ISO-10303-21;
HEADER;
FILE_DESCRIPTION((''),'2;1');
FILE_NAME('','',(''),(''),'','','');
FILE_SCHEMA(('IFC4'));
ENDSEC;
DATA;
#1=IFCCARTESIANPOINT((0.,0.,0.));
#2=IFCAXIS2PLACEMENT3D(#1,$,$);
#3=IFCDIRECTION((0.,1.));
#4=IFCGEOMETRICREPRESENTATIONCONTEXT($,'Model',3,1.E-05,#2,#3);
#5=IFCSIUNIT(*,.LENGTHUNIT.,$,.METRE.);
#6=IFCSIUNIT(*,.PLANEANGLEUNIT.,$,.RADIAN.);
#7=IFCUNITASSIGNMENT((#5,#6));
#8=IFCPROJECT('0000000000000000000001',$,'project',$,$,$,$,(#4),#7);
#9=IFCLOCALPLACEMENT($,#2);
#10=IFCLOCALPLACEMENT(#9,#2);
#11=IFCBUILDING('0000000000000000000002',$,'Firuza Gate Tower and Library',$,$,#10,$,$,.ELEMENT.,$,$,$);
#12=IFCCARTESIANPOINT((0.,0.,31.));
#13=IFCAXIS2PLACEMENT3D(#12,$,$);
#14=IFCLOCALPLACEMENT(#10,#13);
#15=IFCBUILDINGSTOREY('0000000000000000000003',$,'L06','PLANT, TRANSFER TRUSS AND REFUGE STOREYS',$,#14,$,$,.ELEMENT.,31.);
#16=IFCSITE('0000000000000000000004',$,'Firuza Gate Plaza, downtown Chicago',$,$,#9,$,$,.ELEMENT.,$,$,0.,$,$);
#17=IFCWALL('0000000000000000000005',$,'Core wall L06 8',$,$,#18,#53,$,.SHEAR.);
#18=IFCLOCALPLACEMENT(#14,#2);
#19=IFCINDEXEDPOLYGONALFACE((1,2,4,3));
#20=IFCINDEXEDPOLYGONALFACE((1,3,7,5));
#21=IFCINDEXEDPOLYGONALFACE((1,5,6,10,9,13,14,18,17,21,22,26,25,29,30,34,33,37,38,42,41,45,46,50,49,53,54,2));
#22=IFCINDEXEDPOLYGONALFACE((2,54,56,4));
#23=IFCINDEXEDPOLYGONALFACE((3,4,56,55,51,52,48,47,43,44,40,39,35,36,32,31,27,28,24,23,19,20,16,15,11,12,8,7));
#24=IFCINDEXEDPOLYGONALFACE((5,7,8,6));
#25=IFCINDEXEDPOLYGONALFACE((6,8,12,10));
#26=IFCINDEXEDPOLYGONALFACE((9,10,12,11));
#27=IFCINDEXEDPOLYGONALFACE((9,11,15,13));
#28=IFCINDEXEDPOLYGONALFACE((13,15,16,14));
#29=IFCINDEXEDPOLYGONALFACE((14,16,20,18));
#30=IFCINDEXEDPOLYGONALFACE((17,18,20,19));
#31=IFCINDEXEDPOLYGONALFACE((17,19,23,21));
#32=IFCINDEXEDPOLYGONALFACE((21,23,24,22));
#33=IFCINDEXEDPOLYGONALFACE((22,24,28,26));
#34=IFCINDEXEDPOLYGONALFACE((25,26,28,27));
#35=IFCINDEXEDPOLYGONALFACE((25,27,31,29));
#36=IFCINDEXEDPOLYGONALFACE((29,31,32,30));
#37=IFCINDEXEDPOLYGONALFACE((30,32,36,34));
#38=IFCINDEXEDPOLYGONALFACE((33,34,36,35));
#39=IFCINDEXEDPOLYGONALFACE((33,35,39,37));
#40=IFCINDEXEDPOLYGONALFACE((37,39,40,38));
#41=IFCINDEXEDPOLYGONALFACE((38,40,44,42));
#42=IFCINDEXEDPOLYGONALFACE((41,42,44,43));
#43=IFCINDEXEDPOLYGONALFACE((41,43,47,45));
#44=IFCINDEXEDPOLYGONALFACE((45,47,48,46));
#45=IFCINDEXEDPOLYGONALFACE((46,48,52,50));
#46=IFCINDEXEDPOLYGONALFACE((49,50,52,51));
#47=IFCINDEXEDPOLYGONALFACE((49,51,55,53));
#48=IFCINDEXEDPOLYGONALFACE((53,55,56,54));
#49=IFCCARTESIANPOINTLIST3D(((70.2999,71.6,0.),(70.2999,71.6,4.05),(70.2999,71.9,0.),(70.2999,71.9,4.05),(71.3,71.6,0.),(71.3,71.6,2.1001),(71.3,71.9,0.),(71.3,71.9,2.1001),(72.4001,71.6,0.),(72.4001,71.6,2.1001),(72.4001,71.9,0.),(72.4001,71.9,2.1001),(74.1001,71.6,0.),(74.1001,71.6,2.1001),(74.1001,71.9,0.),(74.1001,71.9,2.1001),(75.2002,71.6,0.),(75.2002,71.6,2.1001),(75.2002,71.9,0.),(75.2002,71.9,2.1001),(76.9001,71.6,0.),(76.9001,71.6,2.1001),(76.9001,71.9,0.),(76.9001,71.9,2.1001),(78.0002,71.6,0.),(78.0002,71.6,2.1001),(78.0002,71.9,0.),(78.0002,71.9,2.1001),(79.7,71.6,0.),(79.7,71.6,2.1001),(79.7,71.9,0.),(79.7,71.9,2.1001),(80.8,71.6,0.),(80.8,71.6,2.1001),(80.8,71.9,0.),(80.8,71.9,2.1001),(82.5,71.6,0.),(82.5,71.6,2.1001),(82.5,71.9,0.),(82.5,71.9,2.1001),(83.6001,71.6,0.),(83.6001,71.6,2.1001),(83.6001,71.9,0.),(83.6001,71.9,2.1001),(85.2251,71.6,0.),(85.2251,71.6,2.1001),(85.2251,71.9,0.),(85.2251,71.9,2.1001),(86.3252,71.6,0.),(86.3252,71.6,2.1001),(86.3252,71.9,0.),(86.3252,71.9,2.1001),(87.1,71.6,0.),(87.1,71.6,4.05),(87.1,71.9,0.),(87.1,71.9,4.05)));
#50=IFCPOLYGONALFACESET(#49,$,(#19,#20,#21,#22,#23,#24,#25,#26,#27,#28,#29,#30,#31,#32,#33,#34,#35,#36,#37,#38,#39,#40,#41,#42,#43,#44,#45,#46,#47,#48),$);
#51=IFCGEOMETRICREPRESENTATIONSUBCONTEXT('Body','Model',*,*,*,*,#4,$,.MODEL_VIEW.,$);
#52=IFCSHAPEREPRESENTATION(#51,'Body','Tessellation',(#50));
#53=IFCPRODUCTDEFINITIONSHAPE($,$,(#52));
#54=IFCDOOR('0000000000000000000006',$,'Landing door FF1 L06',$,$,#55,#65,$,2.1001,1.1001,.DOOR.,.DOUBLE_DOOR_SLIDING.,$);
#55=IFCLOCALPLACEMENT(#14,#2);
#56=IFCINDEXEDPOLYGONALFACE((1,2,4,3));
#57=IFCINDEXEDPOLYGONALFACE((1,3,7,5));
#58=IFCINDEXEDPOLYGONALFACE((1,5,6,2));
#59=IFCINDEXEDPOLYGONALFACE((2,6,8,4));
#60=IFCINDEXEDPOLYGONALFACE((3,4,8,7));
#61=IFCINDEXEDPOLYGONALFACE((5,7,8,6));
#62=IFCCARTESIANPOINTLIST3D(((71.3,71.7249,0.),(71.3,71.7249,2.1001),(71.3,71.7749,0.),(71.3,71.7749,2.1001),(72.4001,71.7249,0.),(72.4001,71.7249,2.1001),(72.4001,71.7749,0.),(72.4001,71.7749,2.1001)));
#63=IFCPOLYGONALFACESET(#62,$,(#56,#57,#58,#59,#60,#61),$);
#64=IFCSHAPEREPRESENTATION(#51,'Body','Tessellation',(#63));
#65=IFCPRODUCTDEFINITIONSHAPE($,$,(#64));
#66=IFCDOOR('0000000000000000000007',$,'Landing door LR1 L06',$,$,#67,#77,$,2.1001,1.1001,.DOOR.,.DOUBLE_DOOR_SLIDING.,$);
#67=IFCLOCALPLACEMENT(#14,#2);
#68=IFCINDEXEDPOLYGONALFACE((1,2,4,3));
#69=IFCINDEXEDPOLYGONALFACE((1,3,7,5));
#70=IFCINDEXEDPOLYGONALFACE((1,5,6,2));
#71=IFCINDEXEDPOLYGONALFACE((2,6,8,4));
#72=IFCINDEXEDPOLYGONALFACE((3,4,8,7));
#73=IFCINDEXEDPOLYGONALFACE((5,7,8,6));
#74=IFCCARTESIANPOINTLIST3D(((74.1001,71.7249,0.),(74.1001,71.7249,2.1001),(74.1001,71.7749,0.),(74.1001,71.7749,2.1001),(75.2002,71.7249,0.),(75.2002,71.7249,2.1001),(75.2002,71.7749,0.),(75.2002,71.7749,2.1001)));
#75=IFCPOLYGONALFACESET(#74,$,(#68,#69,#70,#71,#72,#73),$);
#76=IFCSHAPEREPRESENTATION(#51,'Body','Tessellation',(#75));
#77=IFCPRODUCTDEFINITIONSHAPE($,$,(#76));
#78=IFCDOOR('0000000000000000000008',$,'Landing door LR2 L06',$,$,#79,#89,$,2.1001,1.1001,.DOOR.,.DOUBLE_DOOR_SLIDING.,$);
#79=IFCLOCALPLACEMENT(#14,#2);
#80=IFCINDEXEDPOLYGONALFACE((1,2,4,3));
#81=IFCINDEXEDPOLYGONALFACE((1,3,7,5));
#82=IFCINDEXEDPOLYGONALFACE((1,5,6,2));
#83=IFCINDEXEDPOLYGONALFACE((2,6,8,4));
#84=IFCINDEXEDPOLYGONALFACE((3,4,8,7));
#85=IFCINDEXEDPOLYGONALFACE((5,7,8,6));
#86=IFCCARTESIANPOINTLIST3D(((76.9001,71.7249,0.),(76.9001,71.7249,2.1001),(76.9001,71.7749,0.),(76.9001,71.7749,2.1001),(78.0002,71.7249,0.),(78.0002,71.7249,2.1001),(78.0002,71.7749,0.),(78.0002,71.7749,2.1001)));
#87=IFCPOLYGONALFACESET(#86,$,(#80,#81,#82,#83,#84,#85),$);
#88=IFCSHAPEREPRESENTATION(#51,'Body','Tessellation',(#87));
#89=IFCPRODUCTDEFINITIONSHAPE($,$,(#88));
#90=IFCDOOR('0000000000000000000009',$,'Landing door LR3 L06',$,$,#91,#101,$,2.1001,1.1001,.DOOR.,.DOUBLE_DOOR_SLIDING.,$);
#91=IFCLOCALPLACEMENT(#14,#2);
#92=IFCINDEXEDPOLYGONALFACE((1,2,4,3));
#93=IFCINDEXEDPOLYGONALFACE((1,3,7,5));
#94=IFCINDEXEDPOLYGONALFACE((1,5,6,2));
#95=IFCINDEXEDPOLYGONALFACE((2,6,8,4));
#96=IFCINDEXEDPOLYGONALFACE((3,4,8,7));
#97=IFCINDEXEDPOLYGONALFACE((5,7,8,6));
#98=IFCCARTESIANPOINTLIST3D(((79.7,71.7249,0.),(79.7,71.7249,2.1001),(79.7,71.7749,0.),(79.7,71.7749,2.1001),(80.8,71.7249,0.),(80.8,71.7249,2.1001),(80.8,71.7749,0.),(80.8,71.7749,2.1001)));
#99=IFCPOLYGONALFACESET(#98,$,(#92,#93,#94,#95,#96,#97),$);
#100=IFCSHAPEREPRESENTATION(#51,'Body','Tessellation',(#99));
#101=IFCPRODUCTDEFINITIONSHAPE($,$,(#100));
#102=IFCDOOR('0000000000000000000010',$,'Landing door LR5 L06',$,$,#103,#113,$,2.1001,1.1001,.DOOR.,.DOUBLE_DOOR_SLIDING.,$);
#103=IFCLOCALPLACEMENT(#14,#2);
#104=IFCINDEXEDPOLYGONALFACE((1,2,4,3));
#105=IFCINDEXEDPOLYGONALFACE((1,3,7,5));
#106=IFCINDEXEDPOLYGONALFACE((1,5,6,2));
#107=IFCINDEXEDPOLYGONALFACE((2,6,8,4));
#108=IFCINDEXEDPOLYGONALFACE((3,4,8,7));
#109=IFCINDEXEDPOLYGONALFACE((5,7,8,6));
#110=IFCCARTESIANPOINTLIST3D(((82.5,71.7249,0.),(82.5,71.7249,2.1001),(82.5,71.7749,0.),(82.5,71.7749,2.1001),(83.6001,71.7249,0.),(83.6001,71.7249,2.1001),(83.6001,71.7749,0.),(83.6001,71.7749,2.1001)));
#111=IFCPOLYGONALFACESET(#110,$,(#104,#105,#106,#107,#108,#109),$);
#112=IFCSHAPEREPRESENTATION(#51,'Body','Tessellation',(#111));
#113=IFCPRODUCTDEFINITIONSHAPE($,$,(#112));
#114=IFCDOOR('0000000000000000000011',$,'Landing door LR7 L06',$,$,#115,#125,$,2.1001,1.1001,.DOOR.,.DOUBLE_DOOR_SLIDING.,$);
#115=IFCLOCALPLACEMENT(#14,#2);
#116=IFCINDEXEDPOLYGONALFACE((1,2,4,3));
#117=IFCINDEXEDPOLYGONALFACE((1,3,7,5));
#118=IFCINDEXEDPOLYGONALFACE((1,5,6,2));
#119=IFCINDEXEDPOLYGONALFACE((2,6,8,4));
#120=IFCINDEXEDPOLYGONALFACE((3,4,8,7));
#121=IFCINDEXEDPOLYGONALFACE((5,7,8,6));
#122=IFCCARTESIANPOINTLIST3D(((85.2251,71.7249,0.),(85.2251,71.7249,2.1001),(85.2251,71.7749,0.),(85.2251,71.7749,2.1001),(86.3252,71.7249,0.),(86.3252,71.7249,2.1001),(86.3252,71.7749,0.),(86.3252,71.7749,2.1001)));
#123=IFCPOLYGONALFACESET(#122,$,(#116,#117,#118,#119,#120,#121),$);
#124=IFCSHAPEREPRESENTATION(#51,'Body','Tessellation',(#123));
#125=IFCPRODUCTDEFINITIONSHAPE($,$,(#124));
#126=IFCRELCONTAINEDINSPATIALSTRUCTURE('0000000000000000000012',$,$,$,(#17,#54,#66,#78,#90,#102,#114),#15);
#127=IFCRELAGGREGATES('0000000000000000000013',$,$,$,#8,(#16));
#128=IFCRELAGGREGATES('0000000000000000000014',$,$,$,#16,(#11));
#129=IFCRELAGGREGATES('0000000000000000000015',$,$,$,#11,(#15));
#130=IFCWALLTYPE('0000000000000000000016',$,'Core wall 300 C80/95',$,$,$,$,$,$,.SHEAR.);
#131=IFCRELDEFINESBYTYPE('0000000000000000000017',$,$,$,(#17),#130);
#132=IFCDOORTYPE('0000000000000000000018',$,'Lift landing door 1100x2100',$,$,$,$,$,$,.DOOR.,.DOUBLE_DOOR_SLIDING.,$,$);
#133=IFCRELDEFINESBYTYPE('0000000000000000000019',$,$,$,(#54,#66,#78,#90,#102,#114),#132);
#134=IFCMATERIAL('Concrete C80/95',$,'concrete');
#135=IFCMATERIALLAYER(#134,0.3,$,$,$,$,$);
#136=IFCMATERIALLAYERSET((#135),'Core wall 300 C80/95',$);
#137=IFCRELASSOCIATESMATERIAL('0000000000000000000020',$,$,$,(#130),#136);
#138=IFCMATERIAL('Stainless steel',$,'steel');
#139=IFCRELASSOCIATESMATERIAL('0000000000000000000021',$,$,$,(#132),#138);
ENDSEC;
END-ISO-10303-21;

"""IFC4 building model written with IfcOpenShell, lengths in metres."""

from ifc_helpers import new_model, si_unit, direction, frame, frame_2d, origin, place, context, subcontext, project, spatial, rectangle, extrude, material, layer, layer_set, type_object, element, fill, save


model = new_model("IFC4")

# Units and contexts
model_context = context("Model", 3, precision=1e-05, world=origin(), true_north=direction((0.0, 1.0)))
body_context = subcontext(model_context, "Body", "Model", "MODEL_VIEW")
ifc_project = project(units=[si_unit("LENGTHUNIT", "METRE"), si_unit("PLANEANGLEUNIT", "RADIAN")], contexts=[model_context])

# Site, building, storey
site_placement = place(None, origin())
site = spatial("IfcSite", under=ifc_project, at=site_placement, Name="Firuza Gate Plaza, downtown Chicago", CompositionType="ELEMENT", RefElevation=0.0)
building_placement = place(site_placement, origin())
building = spatial("IfcBuilding", under=site, at=building_placement, Name="Firuza Gate Tower and Library", CompositionType="ELEMENT")
storey_placement = place(building_placement, frame((0.0, 0.0, 31.0)))
storey = spatial("IfcBuildingStorey", under=building, at=storey_placement, Name="L06", Description="PLANT, TRANSFER TRUSS AND REFUGE STOREYS", CompositionType="ELEMENT", Elevation=31.0)

# Wall, openings, doors
ifc_material_1 = material(Name="Concrete C80/95", Category="concrete")
ifc_layer_1 = layer(ifc_material_1, 0.3)
ifc_layer_set_1 = layer_set([ifc_layer_1], Name="Core wall 300 C80/95")
wall_type_1 = type_object("IfcWallType", Name="Core wall 300 C80/95", PredefinedType="SHEAR", material=ifc_layer_set_1)
wall_1_placement = place(storey_placement, frame((70.3, 71.75, 0.0), z_axis=(0.0, 0.0, 1.0), x_axis=(1.0, 0.0, 0.0)))
wall_1 = element("IfcWall", 1, at=wall_1_placement, inside=storey, type_object=wall_type_1, Name="Core wall L06 8", PredefinedType="SHEAR", context=body_context, shape_type="SweptSolid", body=[
    extrude(rectangle(XDim=16.8, YDim=0.3, at=frame_2d((8.3999, 0.0))), origin(), (0.0, 0.0, 1.0), 4.05),
])
opening_1_placement = place(wall_1_placement, frame((1.0, 0.0, 0.0)))
opening_1 = element("IfcOpeningElement", 2, at=opening_1_placement, cuts=wall_1, PredefinedType="OPENING", context=body_context, shape_type="SweptSolid", body=[
    extrude(rectangle(XDim=1.1001, YDim=2.1001, at=frame_2d((0.55, 1.05))), frame((0.0, 0.1602, 0.0), z_axis=(0.0, -1.0, 0.0), x_axis=(1.0, 0.0, 0.0)), (0.0, 0.0, 1.0), 0.3201),
])
opening_2_placement = place(wall_1_placement, frame((3.8, 0.0, 0.0)))
opening_2 = element("IfcOpeningElement", 3, at=opening_2_placement, cuts=wall_1, PredefinedType="OPENING", context=body_context, shape_type="SweptSolid", body=[
    extrude(rectangle(XDim=1.1001, YDim=2.1001, at=frame_2d((0.55, 1.05))), frame((0.0, 0.1602, 0.0), z_axis=(0.0, -1.0, 0.0), x_axis=(1.0, 0.0, 0.0)), (0.0, 0.0, 1.0), 0.3201),
])
opening_3_placement = place(wall_1_placement, frame((6.6001, 0.0, 0.0)))
opening_3 = element("IfcOpeningElement", 4, at=opening_3_placement, cuts=wall_1, PredefinedType="OPENING", context=body_context, shape_type="SweptSolid", body=[
    extrude(rectangle(XDim=1.1001, YDim=2.1001, at=frame_2d((0.55, 1.05))), frame((0.0, 0.1602, 0.0), z_axis=(0.0, -1.0, 0.0), x_axis=(1.0, 0.0, 0.0)), (0.0, 0.0, 1.0), 0.3201),
])
opening_4_placement = place(wall_1_placement, frame((9.3999, 0.0, 0.0)))
opening_4 = element("IfcOpeningElement", 5, at=opening_4_placement, cuts=wall_1, PredefinedType="OPENING", context=body_context, shape_type="SweptSolid", body=[
    extrude(rectangle(XDim=1.1001, YDim=2.1001, at=frame_2d((0.55, 1.05))), frame((0.0, 0.1602, 0.0), z_axis=(0.0, -1.0, 0.0), x_axis=(1.0, 0.0, 0.0)), (0.0, 0.0, 1.0), 0.3201),
])
opening_5_placement = place(wall_1_placement, frame((12.2, 0.0, 0.0)))
opening_5 = element("IfcOpeningElement", 6, at=opening_5_placement, cuts=wall_1, PredefinedType="OPENING", context=body_context, shape_type="SweptSolid", body=[
    extrude(rectangle(XDim=1.1001, YDim=2.1001, at=frame_2d((0.55, 1.05))), frame((0.0, 0.1602, 0.0), z_axis=(0.0, -1.0, 0.0), x_axis=(1.0, 0.0, 0.0)), (0.0, 0.0, 1.0), 0.3201),
])
opening_6_placement = place(wall_1_placement, frame((14.925, 0.0, 0.0)))
opening_6 = element("IfcOpeningElement", 7, at=opening_6_placement, cuts=wall_1, PredefinedType="OPENING", context=body_context, shape_type="SweptSolid", body=[
    extrude(rectangle(XDim=1.1001, YDim=2.1001, at=frame_2d((0.55, 1.05))), frame((0.0, 0.1602, 0.0), z_axis=(0.0, -1.0, 0.0), x_axis=(1.0, 0.0, 0.0)), (0.0, 0.0, 1.0), 0.3201),
])
ifc_material_2 = material(Name="Stainless steel", Category="steel")
door_type_1 = type_object("IfcDoorType", Name="Lift landing door 1100x2100", OperationType="DOUBLE_DOOR_SLIDING", PredefinedType="DOOR", material=ifc_material_2)
door_1_placement = place(opening_1_placement, origin())
door_1 = element("IfcDoor", 8, at=door_1_placement, inside=storey, type_object=door_type_1, Name="Landing door FF1 L06", OperationType="DOUBLE_DOOR_SLIDING", OverallHeight=2.1001, OverallWidth=1.1001, PredefinedType="DOOR", context=body_context, shape_type="SweptSolid", body=[
    extrude(rectangle(XDim=1.1001, YDim=2.1001, at=frame_2d((0.55, 1.05))), frame((0.0, 0.0249, 0.0), z_axis=(0.0, -1.0, 0.0), x_axis=(1.0, 0.0, 0.0)), (0.0, 0.0, 1.0), 0.05),
])
fill(opening_1, door_1)
door_2_placement = place(opening_2_placement, origin())
door_2 = element("IfcDoor", 9, at=door_2_placement, inside=storey, type_object=door_type_1, Name="Landing door LR1 L06", OperationType="DOUBLE_DOOR_SLIDING", OverallHeight=2.1001, OverallWidth=1.1001, PredefinedType="DOOR", context=body_context, shape_type="SweptSolid", body=[
    extrude(rectangle(XDim=1.1001, YDim=2.1001, at=frame_2d((0.55, 1.05))), frame((0.0, 0.0249, 0.0), z_axis=(0.0, -1.0, 0.0), x_axis=(1.0, 0.0, 0.0)), (0.0, 0.0, 1.0), 0.05),
])
fill(opening_2, door_2)
door_3_placement = place(opening_3_placement, origin())
door_3 = element("IfcDoor", 10, at=door_3_placement, inside=storey, type_object=door_type_1, Name="Landing door LR2 L06", OperationType="DOUBLE_DOOR_SLIDING", OverallHeight=2.1001, OverallWidth=1.1001, PredefinedType="DOOR", context=body_context, shape_type="SweptSolid", body=[
    extrude(rectangle(XDim=1.1001, YDim=2.1001, at=frame_2d((0.55, 1.05))), frame((0.0, 0.0249, 0.0), z_axis=(0.0, -1.0, 0.0), x_axis=(1.0, 0.0, 0.0)), (0.0, 0.0, 1.0), 0.05),
])
fill(opening_3, door_3)
door_4_placement = place(opening_4_placement, origin())
door_4 = element("IfcDoor", 11, at=door_4_placement, inside=storey, type_object=door_type_1, Name="Landing door LR3 L06", OperationType="DOUBLE_DOOR_SLIDING", OverallHeight=2.1001, OverallWidth=1.1001, PredefinedType="DOOR", context=body_context, shape_type="SweptSolid", body=[
    extrude(rectangle(XDim=1.1001, YDim=2.1001, at=frame_2d((0.55, 1.05))), frame((0.0, 0.0249, 0.0), z_axis=(0.0, -1.0, 0.0), x_axis=(1.0, 0.0, 0.0)), (0.0, 0.0, 1.0), 0.05),
])
fill(opening_4, door_4)
door_5_placement = place(opening_5_placement, origin())
door_5 = element("IfcDoor", 12, at=door_5_placement, inside=storey, type_object=door_type_1, Name="Landing door LR5 L06", OperationType="DOUBLE_DOOR_SLIDING", OverallHeight=2.1001, OverallWidth=1.1001, PredefinedType="DOOR", context=body_context, shape_type="SweptSolid", body=[
    extrude(rectangle(XDim=1.1001, YDim=2.1001, at=frame_2d((0.55, 1.05))), frame((0.0, 0.0249, 0.0), z_axis=(0.0, -1.0, 0.0), x_axis=(1.0, 0.0, 0.0)), (0.0, 0.0, 1.0), 0.05),
])
fill(opening_5, door_5)
door_6_placement = place(opening_6_placement, origin())
door_6 = element("IfcDoor", 13, at=door_6_placement, inside=storey, type_object=door_type_1, Name="Landing door LR7 L06", OperationType="DOUBLE_DOOR_SLIDING", OverallHeight=2.1001, OverallWidth=1.1001, PredefinedType="DOOR", context=body_context, shape_type="SweptSolid", body=[
    extrude(rectangle(XDim=1.1001, YDim=2.1001, at=frame_2d((0.55, 1.05))), frame((0.0, 0.0249, 0.0), z_axis=(0.0, -1.0, 0.0), x_axis=(1.0, 0.0, 0.0)), (0.0, 0.0, 1.0), 0.05),
])
fill(opening_6, door_6)

save(model, "model.ifc")
